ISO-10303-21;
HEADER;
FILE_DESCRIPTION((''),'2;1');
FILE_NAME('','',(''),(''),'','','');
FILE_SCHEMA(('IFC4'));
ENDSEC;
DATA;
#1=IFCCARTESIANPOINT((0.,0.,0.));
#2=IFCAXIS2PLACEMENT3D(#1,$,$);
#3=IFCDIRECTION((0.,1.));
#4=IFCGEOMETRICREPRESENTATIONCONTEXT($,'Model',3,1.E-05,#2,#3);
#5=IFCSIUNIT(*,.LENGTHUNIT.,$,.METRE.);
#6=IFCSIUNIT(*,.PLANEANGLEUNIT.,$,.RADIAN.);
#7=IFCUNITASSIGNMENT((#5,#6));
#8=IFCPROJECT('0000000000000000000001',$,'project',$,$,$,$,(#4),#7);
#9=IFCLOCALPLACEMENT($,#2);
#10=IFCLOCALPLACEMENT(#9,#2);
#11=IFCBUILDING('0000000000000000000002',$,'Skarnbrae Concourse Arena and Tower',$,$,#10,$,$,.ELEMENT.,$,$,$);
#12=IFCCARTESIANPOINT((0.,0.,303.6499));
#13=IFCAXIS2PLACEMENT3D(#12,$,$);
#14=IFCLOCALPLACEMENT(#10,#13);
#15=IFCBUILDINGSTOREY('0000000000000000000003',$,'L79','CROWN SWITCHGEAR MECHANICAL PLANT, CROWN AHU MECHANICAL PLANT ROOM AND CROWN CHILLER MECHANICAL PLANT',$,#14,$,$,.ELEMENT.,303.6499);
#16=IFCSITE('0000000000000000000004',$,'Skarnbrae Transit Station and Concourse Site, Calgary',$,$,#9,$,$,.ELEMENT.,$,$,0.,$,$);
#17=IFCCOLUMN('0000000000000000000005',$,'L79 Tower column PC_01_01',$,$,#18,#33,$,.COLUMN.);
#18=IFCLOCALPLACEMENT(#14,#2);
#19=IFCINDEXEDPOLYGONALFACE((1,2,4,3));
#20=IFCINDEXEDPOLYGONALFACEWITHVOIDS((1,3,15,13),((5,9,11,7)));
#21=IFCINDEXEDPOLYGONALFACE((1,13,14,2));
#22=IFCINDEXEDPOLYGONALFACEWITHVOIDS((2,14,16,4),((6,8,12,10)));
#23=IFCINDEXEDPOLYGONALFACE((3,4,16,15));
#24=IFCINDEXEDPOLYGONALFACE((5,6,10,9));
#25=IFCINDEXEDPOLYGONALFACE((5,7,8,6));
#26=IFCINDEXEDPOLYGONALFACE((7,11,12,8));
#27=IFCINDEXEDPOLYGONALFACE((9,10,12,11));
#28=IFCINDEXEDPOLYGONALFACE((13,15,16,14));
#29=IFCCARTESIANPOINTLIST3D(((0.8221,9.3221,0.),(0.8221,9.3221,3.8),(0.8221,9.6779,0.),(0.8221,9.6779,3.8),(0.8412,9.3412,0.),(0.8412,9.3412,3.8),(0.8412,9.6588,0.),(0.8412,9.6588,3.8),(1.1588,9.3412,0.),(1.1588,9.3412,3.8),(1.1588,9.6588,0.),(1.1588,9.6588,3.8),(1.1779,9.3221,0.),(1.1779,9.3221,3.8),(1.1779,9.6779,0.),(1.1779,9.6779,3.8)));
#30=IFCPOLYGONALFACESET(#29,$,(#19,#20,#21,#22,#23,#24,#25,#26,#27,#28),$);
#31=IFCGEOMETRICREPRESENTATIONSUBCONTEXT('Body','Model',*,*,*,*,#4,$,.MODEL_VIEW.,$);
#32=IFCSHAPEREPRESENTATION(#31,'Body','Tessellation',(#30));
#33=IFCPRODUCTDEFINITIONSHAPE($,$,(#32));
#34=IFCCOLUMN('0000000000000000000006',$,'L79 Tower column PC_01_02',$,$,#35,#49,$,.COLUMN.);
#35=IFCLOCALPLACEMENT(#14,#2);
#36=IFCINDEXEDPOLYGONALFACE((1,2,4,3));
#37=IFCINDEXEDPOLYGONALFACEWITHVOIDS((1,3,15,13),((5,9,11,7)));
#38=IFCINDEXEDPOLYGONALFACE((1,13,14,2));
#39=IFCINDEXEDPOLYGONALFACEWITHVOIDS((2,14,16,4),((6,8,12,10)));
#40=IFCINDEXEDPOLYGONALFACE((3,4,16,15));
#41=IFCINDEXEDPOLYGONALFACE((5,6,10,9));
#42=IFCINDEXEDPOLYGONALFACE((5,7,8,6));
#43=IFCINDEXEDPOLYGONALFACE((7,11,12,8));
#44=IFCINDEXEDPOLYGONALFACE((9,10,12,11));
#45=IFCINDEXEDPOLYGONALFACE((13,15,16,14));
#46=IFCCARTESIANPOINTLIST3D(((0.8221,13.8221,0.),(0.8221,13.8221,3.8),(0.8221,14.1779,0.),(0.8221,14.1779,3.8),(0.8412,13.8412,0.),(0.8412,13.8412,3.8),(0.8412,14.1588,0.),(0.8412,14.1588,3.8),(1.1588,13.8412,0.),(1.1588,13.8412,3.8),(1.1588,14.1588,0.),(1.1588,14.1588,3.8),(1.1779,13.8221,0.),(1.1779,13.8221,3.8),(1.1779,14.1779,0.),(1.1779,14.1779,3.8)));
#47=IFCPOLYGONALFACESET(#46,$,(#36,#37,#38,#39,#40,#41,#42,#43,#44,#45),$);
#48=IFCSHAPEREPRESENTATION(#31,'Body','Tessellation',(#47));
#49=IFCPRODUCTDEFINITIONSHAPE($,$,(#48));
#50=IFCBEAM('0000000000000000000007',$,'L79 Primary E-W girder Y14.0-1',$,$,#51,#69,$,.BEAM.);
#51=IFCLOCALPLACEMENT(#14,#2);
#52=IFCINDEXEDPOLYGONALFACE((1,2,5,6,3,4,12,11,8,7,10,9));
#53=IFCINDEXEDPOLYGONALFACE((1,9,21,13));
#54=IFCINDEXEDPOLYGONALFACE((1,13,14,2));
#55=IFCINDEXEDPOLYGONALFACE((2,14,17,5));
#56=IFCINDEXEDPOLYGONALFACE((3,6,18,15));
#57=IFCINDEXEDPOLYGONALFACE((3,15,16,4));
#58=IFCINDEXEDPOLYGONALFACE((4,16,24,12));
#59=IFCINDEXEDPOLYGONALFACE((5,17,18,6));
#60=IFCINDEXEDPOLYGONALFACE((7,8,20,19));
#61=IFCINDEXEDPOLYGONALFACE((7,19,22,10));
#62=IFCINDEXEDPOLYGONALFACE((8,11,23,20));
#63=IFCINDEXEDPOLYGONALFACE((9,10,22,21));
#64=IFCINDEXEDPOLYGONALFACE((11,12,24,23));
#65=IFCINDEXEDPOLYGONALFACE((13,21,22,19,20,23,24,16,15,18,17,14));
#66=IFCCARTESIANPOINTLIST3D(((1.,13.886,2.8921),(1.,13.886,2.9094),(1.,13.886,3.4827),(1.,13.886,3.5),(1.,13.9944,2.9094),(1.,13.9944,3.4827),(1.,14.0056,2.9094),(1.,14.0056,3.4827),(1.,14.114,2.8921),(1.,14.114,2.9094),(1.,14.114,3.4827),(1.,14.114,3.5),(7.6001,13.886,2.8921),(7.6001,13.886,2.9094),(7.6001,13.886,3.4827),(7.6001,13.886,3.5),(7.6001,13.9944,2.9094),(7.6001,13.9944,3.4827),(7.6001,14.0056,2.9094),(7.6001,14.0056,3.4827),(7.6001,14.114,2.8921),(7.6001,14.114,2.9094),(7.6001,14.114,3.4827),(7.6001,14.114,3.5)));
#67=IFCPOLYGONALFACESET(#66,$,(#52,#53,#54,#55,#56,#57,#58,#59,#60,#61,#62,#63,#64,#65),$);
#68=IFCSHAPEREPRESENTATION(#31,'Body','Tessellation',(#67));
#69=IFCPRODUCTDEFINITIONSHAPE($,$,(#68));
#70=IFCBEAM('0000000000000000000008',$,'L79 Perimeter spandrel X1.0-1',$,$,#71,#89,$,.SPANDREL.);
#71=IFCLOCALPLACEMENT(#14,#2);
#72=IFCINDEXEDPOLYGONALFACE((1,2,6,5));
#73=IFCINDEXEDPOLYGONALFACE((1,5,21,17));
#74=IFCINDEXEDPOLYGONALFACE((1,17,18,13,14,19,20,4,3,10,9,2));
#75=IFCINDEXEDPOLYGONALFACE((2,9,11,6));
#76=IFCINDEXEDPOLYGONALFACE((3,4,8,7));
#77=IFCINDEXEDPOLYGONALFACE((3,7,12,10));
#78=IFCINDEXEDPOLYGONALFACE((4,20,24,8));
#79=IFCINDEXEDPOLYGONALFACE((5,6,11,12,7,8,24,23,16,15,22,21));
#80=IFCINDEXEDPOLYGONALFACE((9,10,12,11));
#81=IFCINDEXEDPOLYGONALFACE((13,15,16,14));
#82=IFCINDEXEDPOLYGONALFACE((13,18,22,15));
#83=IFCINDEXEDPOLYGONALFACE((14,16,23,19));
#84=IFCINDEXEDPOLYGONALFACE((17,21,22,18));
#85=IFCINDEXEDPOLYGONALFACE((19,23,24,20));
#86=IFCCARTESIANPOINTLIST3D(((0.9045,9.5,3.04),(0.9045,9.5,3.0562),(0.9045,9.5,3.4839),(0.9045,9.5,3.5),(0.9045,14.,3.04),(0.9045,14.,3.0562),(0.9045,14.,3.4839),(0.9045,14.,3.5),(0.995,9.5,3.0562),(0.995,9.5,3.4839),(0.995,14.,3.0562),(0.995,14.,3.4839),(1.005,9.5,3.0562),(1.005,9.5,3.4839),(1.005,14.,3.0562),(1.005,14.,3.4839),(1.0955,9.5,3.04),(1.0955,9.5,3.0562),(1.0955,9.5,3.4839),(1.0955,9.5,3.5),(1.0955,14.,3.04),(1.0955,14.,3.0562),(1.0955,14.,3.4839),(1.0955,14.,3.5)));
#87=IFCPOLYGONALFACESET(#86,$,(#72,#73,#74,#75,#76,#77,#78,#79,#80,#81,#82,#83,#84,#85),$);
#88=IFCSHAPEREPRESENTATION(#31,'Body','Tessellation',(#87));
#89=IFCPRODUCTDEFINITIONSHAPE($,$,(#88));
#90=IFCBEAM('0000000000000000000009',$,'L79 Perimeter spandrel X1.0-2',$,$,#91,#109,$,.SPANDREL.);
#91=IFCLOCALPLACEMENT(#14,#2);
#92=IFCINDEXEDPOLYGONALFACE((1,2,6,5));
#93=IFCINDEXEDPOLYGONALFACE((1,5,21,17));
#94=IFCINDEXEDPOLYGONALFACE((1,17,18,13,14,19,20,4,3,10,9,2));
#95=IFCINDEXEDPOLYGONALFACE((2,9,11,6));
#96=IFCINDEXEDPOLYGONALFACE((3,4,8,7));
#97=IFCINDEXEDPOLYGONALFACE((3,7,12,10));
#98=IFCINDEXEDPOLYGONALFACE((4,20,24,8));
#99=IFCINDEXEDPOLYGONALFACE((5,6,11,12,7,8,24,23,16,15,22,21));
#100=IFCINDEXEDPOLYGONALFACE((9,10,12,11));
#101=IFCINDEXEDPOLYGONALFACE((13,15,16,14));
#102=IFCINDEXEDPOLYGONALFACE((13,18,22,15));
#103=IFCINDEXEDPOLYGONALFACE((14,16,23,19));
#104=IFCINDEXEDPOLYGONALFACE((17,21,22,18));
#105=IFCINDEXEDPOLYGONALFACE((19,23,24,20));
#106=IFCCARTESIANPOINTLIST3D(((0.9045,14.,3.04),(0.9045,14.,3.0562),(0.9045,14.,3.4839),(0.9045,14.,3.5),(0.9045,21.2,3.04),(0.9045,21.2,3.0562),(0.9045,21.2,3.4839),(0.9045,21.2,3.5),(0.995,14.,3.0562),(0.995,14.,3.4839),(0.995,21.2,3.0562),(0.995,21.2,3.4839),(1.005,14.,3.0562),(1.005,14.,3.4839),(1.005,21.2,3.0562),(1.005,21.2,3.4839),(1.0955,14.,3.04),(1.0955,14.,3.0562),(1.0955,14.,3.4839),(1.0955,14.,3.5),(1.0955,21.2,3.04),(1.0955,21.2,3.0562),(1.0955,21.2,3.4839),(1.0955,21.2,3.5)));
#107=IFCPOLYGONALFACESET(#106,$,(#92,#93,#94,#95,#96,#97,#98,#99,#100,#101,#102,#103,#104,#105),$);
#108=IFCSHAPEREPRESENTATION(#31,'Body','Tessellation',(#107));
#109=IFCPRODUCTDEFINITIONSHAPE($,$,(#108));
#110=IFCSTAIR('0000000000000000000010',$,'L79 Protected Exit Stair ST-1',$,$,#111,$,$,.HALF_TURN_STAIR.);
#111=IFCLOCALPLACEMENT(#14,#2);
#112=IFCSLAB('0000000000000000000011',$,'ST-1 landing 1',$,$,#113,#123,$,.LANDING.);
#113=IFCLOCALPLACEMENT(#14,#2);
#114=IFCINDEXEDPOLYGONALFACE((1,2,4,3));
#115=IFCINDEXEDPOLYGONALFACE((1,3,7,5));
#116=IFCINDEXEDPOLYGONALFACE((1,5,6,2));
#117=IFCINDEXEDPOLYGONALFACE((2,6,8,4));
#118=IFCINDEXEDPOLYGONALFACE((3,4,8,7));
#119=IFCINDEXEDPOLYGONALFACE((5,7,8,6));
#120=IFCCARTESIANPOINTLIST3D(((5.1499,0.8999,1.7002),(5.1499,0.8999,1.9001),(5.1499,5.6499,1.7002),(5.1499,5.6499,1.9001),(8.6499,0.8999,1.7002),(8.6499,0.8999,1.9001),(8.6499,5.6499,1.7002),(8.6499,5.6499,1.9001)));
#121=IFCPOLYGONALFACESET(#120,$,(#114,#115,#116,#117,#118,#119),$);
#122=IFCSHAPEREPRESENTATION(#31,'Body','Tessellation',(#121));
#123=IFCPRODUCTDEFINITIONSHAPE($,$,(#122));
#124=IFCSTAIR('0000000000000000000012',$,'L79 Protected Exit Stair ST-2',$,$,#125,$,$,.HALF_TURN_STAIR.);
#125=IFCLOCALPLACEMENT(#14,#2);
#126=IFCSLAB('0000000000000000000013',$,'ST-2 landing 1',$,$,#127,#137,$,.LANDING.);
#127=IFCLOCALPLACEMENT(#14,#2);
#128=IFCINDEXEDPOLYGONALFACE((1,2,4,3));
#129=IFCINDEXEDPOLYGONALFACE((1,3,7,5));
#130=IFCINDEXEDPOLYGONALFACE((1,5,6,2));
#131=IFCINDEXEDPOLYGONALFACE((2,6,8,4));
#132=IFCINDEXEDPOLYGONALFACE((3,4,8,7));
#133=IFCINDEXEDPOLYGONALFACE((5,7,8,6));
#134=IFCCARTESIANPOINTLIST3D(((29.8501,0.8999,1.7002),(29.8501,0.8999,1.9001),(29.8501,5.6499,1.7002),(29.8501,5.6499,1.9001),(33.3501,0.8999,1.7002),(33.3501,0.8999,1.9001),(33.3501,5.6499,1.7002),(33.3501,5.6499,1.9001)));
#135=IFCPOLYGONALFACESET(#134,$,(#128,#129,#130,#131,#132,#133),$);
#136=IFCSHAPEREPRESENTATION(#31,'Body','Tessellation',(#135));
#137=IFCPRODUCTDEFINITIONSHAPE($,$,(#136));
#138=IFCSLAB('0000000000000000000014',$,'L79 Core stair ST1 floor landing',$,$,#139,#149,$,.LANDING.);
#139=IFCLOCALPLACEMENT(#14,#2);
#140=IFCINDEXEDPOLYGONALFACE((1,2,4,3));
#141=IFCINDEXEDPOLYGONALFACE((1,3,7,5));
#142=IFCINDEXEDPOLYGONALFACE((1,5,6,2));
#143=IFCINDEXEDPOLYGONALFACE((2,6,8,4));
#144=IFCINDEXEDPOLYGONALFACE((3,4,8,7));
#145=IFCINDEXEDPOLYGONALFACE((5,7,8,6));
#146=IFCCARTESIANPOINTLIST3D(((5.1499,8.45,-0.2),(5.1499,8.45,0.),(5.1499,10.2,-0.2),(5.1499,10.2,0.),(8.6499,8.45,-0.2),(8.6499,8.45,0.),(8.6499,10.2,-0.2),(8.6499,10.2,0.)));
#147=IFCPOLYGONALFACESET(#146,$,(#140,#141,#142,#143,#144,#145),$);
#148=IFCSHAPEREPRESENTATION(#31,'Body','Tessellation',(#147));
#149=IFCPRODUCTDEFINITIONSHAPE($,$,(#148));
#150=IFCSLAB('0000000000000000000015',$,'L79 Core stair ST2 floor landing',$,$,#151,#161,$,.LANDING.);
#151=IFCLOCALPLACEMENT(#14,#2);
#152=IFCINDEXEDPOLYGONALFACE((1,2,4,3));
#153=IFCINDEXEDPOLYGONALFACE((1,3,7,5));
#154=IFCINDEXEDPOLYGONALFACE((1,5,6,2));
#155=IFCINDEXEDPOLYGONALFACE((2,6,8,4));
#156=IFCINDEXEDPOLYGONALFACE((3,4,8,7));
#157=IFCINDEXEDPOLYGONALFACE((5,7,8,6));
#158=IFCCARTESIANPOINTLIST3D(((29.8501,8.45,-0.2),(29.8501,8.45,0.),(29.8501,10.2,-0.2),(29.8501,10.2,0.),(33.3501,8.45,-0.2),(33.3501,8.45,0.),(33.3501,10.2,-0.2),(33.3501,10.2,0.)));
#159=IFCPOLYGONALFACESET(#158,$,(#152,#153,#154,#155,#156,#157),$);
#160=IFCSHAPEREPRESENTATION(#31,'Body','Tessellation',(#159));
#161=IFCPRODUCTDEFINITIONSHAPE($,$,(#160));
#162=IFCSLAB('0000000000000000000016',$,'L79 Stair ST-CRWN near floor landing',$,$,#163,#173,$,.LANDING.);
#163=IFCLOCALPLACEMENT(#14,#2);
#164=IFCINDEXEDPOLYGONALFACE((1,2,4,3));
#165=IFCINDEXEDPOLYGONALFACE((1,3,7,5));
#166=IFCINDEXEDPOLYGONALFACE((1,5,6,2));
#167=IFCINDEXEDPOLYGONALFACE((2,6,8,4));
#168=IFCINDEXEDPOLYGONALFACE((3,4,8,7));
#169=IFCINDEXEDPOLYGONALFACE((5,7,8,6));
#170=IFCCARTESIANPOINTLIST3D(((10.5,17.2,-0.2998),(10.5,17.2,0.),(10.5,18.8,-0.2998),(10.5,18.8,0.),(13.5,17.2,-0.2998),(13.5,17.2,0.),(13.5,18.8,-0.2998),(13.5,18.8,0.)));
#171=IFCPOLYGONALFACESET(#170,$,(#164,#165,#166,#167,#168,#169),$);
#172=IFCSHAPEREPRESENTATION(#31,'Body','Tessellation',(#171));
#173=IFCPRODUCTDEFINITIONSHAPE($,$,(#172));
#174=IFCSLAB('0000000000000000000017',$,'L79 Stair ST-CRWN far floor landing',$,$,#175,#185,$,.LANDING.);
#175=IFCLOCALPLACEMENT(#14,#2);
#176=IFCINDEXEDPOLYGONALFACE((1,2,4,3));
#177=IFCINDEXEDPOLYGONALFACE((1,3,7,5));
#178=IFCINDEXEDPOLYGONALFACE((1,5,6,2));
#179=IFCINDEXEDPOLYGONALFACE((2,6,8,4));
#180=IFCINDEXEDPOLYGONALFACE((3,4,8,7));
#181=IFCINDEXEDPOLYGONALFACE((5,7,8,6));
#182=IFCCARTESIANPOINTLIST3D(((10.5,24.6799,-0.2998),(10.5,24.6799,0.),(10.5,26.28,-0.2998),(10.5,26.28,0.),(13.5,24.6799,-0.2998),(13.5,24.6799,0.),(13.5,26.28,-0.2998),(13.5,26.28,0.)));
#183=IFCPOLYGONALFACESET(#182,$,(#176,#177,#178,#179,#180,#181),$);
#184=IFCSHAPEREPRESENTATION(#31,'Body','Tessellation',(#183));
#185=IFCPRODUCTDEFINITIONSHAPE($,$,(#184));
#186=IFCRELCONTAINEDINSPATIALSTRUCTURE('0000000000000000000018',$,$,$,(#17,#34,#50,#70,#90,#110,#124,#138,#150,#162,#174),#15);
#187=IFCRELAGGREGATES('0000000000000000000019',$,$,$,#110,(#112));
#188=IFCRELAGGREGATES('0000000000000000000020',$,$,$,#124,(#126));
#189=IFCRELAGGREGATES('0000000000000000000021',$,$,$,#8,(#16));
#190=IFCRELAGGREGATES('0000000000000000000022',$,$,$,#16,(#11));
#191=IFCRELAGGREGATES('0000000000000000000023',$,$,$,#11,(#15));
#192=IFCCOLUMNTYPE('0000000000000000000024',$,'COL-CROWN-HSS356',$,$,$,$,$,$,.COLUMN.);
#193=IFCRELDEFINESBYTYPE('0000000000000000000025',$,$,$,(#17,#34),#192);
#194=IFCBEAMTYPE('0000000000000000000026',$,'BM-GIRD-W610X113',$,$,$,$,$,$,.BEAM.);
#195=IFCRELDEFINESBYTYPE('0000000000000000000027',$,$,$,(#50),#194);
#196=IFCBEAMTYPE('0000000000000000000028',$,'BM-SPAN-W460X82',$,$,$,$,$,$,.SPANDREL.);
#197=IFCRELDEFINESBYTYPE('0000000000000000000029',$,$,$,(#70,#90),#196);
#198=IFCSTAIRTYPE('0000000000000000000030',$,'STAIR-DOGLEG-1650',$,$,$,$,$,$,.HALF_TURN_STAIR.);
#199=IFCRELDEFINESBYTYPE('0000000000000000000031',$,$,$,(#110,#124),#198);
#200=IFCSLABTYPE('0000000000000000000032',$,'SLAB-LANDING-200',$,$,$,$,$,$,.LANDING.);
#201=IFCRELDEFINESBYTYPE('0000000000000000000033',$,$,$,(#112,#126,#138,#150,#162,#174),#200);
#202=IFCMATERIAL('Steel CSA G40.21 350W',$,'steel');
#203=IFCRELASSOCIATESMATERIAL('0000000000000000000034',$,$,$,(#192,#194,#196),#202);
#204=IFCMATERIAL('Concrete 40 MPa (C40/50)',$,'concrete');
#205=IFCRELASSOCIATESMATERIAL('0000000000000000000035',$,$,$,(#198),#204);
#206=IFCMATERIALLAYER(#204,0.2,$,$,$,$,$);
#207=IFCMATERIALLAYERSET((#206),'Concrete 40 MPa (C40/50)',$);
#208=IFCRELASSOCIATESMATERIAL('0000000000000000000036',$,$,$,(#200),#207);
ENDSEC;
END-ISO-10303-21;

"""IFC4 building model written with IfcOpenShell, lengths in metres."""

from ifc_helpers import new_model, si_unit, direction, frame, origin, origin_2d, place, context, subcontext, project, spatial, polyline, hollow_rectangle, i_section, outline, extrude, source, transform, mapped, material, layer, layer_set, material_profile, profile_set, type_object, element, aggregate, save


model = new_model("IFC4")

# Units and contexts
model_context = context("Model", 3, precision=1e-05, world=origin(), true_north=direction((0.0, 1.0)))
body_context = subcontext(model_context, "Body", "Model", "MODEL_VIEW")
ifc_project = project(units=[si_unit("LENGTHUNIT", "METRE"), si_unit("PLANEANGLEUNIT", "RADIAN")], contexts=[model_context])

# Site, building, storey
site_placement = place(None, origin())
site = spatial("IfcSite", under=ifc_project, at=site_placement, Name="Skarnbrae Transit Station and Concourse Site, Calgary", CompositionType="ELEMENT", RefElevation=0.0)
building_placement = place(site_placement, origin())
building = spatial("IfcBuilding", under=site, at=building_placement, Name="Skarnbrae Concourse Arena and Tower", CompositionType="ELEMENT")
storey_placement = place(building_placement, frame((0.0, 0.0, 303.6499)))
storey = spatial("IfcBuildingStorey", under=building, at=storey_placement, Name="L79", Description="CROWN SWITCHGEAR MECHANICAL PLANT, CROWN AHU MECHANICAL PLANT ROOM AND CROWN CHILLER MECHANICAL PLANT", CompositionType="ELEMENT", Elevation=303.6499)

# Columns
ifc_material_1 = material(Name="Steel CSA G40.21 350W", Category="steel")
ifc_material_profile_1 = material_profile(ifc_material_1, hollow_rectangle(XDim=0.3557, YDim=0.3557, WallThickness=0.019, at=origin_2d()), Name="HSS356X356X19.0")
ifc_profile_set_1 = profile_set([ifc_material_profile_1], Name="Steel CSA G40.21 350W")
column_type = type_object("IfcColumnType", Name="COL-CROWN-HSS356", PredefinedType="COLUMN", material=ifc_profile_set_1)
shared_shape_1 = source(origin(), body_context, "Body", "SweptSolid", [
    extrude(hollow_rectangle(XDim=0.3557, YDim=0.3557, WallThickness=0.019, at=origin_2d()), origin(), (0.0, 0.0, 1.0), 3.8),
])
for number, where, z_axis, x_axis, name in (
    (1, (1.0, 9.5, 0.0), (0.0, 0.0, 1.0), (1.0, 0.0, 0.0), "L79 Tower column PC_01_01"),
    (2, (1.0, 14.0, 0.0), (0.0, 0.0, 1.0), (1.0, 0.0, 0.0), "L79 Tower column PC_01_02"),
):
    element("IfcColumn", number, at=place(storey_placement, frame(where, z_axis=z_axis, x_axis=x_axis)), inside=storey, type_object=column_type, Name=name, PredefinedType="COLUMN", context=body_context, shape_type="MappedRepresentation", body=[
        mapped(shared_shape_1, transform((0.0, 0.0, 0.0))),
    ])

# Beams
ifc_material_profile_2 = material_profile(ifc_material_1, i_section(OverallWidth=0.228, OverallDepth=0.6079, WebThickness=0.0112, FlangeThickness=0.0173, at=origin_2d()), Name="W610X113")
ifc_profile_set_2 = profile_set([ifc_material_profile_2], Name="Steel CSA G40.21 350W")
beam_type_1 = type_object("IfcBeamType", Name="BM-GIRD-W610X113", PredefinedType="BEAM", material=ifc_profile_set_2)
shared_shape_2 = source(origin(), body_context, "Body", "SweptSolid", [
    extrude(i_section(OverallWidth=0.228, OverallDepth=0.6079, WebThickness=0.0112, FlangeThickness=0.0173, at=origin_2d()), origin(), (0.0, 0.0, 1.0), 6.6001),
])
beam_1_placement = place(storey_placement, frame((1.0, 14.0, 3.196), z_axis=(1.0, 0.0, 0.0), x_axis=(0.0, 1.0, 0.0)))
element("IfcBeam", 3, at=beam_1_placement, inside=storey, type_object=beam_type_1, Name="L79 Primary E-W girder Y14.0-1", PredefinedType="BEAM", context=body_context, shape_type="MappedRepresentation", body=[
    mapped(shared_shape_2, transform((0.0, 0.0, 0.0))),
])
ifc_material_profile_3 = material_profile(ifc_material_1, i_section(OverallWidth=0.1909, OverallDepth=0.46, WebThickness=0.01, FlangeThickness=0.0161, at=origin_2d()), Name="W460X82")
ifc_profile_set_3 = profile_set([ifc_material_profile_3], Name="Steel CSA G40.21 350W")
beam_type_2 = type_object("IfcBeamType", Name="BM-SPAN-W460X82", PredefinedType="SPANDREL", material=ifc_profile_set_3)
shared_shape_3 = source(origin(), body_context, "Body", "SweptSolid", [
    extrude(i_section(OverallWidth=0.1909, OverallDepth=0.46, WebThickness=0.01, FlangeThickness=0.0161, at=origin_2d()), origin(), (0.0, 0.0, 1.0), 4.5),
])
beam_2_placement = place(storey_placement, frame((1.0, 9.5, 3.27), z_axis=(0.0, 1.0, 0.0), x_axis=(-1.0, 0.0, 0.0)))
element("IfcBeam", 4, at=beam_2_placement, inside=storey, type_object=beam_type_2, Name="L79 Perimeter spandrel X1.0-1", PredefinedType="SPANDREL", context=body_context, shape_type="MappedRepresentation", body=[
    mapped(shared_shape_3, transform((0.0, 0.0, 0.0))),
])
shared_shape_4 = source(origin(), body_context, "Body", "SweptSolid", [
    extrude(i_section(OverallWidth=0.1909, OverallDepth=0.46, WebThickness=0.01, FlangeThickness=0.0161, at=origin_2d()), origin(), (0.0, 0.0, 1.0), 7.2),
])
beam_3_placement = place(storey_placement, frame((1.0, 14.0, 3.27), z_axis=(0.0, 1.0, 0.0), x_axis=(-1.0, 0.0, 0.0)))
element("IfcBeam", 5, at=beam_3_placement, inside=storey, type_object=beam_type_2, Name="L79 Perimeter spandrel X1.0-2", PredefinedType="SPANDREL", context=body_context, shape_type="MappedRepresentation", body=[
    mapped(shared_shape_4, transform((0.0, 0.0, 0.0))),
])

# Stairs, slabs
ifc_material_2 = material(Name="Concrete 40 MPa (C40/50)", Category="concrete")
stair_type = type_object("IfcStairType", Name="STAIR-DOGLEG-1650", PredefinedType="HALF_TURN_STAIR", material=ifc_material_2)
stair_1_placement = place(storey_placement, origin())
stair_1 = element("IfcStair", 6, at=stair_1_placement, inside=storey, type_object=stair_type, Name="L79 Protected Exit Stair ST-1", PredefinedType="HALF_TURN_STAIR")
ifc_layer_1 = layer(ifc_material_2, 0.2)
ifc_layer_set_1 = layer_set([ifc_layer_1], Name="Concrete 40 MPa (C40/50)")
slab_type_1 = type_object("IfcSlabType", Name="SLAB-LANDING-200", PredefinedType="LANDING", material=ifc_layer_set_1)
slab_1_placement = place(storey_placement, frame((0.0, 0.0, 1.7002)))
slab_1 = element("IfcSlab", 7, at=slab_1_placement, type_object=slab_type_1, Name="ST-1 landing 1", PredefinedType="LANDING", context=body_context, shape_type="SweptSolid", body=[
    extrude(outline(polyline([(5.1499, 5.6499), (5.1499, 0.8999), (8.6499, 0.8999), (8.6499, 5.6499), (5.1499, 5.6499)])), origin(), (0.0, 0.0, 1.0), 0.2),
])
aggregate(stair_1, [slab_1])
stair_2_placement = place(storey_placement, origin())
stair_2 = element("IfcStair", 8, at=stair_2_placement, inside=storey, type_object=stair_type, Name="L79 Protected Exit Stair ST-2", PredefinedType="HALF_TURN_STAIR")
slab_2_placement = place(storey_placement, frame((0.0, 0.0, 1.7002)))
slab_2 = element("IfcSlab", 9, at=slab_2_placement, type_object=slab_type_1, Name="ST-2 landing 1", PredefinedType="LANDING", context=body_context, shape_type="SweptSolid", body=[
    extrude(outline(polyline([(29.8501, 5.6499), (29.8501, 0.8999), (33.3501, 0.8999), (33.3501, 5.6499), (29.8501, 5.6499)])), origin(), (0.0, 0.0, 1.0), 0.2),
])
aggregate(stair_2, [slab_2])

# Slabs
slab_3_placement = place(storey_placement, frame((0.0, 0.0, -0.2)))
element("IfcSlab", 10, at=slab_3_placement, inside=storey, type_object=slab_type_1, Name="L79 Core stair ST1 floor landing", PredefinedType="LANDING", context=body_context, shape_type="SweptSolid", body=[
    extrude(outline(polyline([(5.1499, 10.2), (5.1499, 8.45), (8.6499, 8.45), (8.6499, 10.2), (5.1499, 10.2)])), origin(), (0.0, 0.0, 1.0), 0.2),
])
slab_4_placement = place(storey_placement, frame((0.0, 0.0, -0.2)))
element("IfcSlab", 11, at=slab_4_placement, inside=storey, type_object=slab_type_1, Name="L79 Core stair ST2 floor landing", PredefinedType="LANDING", context=body_context, shape_type="SweptSolid", body=[
    extrude(outline(polyline([(29.8501, 10.2), (29.8501, 8.45), (33.3501, 8.45), (33.3501, 10.2), (29.8501, 10.2)])), origin(), (0.0, 0.0, 1.0), 0.2),
])
slab_5_placement = place(storey_placement, frame((0.0, 0.0, -0.2998)))
element("IfcSlab", 12, at=slab_5_placement, inside=storey, type_object=slab_type_1, Name="L79 Stair ST-CRWN near floor landing", PredefinedType="LANDING", context=body_context, shape_type="SweptSolid", body=[
    extrude(outline(polyline([(13.5, 17.2), (13.5, 18.8), (10.5, 18.8), (10.5, 17.2), (13.5, 17.2)])), origin(), (0.0, 0.0, 1.0), 0.2998),
])
slab_6_placement = place(storey_placement, frame((0.0, 0.0, -0.2998)))
element("IfcSlab", 13, at=slab_6_placement, inside=storey, type_object=slab_type_1, Name="L79 Stair ST-CRWN far floor landing", PredefinedType="LANDING", context=body_context, shape_type="SweptSolid", body=[
    extrude(outline(polyline([(13.5, 24.6799), (13.5, 26.28), (10.5, 26.28), (10.5, 24.6799), (13.5, 24.6799)])), origin(), (0.0, 0.0, 1.0), 0.2998),
])

save(model, "model.ifc")
